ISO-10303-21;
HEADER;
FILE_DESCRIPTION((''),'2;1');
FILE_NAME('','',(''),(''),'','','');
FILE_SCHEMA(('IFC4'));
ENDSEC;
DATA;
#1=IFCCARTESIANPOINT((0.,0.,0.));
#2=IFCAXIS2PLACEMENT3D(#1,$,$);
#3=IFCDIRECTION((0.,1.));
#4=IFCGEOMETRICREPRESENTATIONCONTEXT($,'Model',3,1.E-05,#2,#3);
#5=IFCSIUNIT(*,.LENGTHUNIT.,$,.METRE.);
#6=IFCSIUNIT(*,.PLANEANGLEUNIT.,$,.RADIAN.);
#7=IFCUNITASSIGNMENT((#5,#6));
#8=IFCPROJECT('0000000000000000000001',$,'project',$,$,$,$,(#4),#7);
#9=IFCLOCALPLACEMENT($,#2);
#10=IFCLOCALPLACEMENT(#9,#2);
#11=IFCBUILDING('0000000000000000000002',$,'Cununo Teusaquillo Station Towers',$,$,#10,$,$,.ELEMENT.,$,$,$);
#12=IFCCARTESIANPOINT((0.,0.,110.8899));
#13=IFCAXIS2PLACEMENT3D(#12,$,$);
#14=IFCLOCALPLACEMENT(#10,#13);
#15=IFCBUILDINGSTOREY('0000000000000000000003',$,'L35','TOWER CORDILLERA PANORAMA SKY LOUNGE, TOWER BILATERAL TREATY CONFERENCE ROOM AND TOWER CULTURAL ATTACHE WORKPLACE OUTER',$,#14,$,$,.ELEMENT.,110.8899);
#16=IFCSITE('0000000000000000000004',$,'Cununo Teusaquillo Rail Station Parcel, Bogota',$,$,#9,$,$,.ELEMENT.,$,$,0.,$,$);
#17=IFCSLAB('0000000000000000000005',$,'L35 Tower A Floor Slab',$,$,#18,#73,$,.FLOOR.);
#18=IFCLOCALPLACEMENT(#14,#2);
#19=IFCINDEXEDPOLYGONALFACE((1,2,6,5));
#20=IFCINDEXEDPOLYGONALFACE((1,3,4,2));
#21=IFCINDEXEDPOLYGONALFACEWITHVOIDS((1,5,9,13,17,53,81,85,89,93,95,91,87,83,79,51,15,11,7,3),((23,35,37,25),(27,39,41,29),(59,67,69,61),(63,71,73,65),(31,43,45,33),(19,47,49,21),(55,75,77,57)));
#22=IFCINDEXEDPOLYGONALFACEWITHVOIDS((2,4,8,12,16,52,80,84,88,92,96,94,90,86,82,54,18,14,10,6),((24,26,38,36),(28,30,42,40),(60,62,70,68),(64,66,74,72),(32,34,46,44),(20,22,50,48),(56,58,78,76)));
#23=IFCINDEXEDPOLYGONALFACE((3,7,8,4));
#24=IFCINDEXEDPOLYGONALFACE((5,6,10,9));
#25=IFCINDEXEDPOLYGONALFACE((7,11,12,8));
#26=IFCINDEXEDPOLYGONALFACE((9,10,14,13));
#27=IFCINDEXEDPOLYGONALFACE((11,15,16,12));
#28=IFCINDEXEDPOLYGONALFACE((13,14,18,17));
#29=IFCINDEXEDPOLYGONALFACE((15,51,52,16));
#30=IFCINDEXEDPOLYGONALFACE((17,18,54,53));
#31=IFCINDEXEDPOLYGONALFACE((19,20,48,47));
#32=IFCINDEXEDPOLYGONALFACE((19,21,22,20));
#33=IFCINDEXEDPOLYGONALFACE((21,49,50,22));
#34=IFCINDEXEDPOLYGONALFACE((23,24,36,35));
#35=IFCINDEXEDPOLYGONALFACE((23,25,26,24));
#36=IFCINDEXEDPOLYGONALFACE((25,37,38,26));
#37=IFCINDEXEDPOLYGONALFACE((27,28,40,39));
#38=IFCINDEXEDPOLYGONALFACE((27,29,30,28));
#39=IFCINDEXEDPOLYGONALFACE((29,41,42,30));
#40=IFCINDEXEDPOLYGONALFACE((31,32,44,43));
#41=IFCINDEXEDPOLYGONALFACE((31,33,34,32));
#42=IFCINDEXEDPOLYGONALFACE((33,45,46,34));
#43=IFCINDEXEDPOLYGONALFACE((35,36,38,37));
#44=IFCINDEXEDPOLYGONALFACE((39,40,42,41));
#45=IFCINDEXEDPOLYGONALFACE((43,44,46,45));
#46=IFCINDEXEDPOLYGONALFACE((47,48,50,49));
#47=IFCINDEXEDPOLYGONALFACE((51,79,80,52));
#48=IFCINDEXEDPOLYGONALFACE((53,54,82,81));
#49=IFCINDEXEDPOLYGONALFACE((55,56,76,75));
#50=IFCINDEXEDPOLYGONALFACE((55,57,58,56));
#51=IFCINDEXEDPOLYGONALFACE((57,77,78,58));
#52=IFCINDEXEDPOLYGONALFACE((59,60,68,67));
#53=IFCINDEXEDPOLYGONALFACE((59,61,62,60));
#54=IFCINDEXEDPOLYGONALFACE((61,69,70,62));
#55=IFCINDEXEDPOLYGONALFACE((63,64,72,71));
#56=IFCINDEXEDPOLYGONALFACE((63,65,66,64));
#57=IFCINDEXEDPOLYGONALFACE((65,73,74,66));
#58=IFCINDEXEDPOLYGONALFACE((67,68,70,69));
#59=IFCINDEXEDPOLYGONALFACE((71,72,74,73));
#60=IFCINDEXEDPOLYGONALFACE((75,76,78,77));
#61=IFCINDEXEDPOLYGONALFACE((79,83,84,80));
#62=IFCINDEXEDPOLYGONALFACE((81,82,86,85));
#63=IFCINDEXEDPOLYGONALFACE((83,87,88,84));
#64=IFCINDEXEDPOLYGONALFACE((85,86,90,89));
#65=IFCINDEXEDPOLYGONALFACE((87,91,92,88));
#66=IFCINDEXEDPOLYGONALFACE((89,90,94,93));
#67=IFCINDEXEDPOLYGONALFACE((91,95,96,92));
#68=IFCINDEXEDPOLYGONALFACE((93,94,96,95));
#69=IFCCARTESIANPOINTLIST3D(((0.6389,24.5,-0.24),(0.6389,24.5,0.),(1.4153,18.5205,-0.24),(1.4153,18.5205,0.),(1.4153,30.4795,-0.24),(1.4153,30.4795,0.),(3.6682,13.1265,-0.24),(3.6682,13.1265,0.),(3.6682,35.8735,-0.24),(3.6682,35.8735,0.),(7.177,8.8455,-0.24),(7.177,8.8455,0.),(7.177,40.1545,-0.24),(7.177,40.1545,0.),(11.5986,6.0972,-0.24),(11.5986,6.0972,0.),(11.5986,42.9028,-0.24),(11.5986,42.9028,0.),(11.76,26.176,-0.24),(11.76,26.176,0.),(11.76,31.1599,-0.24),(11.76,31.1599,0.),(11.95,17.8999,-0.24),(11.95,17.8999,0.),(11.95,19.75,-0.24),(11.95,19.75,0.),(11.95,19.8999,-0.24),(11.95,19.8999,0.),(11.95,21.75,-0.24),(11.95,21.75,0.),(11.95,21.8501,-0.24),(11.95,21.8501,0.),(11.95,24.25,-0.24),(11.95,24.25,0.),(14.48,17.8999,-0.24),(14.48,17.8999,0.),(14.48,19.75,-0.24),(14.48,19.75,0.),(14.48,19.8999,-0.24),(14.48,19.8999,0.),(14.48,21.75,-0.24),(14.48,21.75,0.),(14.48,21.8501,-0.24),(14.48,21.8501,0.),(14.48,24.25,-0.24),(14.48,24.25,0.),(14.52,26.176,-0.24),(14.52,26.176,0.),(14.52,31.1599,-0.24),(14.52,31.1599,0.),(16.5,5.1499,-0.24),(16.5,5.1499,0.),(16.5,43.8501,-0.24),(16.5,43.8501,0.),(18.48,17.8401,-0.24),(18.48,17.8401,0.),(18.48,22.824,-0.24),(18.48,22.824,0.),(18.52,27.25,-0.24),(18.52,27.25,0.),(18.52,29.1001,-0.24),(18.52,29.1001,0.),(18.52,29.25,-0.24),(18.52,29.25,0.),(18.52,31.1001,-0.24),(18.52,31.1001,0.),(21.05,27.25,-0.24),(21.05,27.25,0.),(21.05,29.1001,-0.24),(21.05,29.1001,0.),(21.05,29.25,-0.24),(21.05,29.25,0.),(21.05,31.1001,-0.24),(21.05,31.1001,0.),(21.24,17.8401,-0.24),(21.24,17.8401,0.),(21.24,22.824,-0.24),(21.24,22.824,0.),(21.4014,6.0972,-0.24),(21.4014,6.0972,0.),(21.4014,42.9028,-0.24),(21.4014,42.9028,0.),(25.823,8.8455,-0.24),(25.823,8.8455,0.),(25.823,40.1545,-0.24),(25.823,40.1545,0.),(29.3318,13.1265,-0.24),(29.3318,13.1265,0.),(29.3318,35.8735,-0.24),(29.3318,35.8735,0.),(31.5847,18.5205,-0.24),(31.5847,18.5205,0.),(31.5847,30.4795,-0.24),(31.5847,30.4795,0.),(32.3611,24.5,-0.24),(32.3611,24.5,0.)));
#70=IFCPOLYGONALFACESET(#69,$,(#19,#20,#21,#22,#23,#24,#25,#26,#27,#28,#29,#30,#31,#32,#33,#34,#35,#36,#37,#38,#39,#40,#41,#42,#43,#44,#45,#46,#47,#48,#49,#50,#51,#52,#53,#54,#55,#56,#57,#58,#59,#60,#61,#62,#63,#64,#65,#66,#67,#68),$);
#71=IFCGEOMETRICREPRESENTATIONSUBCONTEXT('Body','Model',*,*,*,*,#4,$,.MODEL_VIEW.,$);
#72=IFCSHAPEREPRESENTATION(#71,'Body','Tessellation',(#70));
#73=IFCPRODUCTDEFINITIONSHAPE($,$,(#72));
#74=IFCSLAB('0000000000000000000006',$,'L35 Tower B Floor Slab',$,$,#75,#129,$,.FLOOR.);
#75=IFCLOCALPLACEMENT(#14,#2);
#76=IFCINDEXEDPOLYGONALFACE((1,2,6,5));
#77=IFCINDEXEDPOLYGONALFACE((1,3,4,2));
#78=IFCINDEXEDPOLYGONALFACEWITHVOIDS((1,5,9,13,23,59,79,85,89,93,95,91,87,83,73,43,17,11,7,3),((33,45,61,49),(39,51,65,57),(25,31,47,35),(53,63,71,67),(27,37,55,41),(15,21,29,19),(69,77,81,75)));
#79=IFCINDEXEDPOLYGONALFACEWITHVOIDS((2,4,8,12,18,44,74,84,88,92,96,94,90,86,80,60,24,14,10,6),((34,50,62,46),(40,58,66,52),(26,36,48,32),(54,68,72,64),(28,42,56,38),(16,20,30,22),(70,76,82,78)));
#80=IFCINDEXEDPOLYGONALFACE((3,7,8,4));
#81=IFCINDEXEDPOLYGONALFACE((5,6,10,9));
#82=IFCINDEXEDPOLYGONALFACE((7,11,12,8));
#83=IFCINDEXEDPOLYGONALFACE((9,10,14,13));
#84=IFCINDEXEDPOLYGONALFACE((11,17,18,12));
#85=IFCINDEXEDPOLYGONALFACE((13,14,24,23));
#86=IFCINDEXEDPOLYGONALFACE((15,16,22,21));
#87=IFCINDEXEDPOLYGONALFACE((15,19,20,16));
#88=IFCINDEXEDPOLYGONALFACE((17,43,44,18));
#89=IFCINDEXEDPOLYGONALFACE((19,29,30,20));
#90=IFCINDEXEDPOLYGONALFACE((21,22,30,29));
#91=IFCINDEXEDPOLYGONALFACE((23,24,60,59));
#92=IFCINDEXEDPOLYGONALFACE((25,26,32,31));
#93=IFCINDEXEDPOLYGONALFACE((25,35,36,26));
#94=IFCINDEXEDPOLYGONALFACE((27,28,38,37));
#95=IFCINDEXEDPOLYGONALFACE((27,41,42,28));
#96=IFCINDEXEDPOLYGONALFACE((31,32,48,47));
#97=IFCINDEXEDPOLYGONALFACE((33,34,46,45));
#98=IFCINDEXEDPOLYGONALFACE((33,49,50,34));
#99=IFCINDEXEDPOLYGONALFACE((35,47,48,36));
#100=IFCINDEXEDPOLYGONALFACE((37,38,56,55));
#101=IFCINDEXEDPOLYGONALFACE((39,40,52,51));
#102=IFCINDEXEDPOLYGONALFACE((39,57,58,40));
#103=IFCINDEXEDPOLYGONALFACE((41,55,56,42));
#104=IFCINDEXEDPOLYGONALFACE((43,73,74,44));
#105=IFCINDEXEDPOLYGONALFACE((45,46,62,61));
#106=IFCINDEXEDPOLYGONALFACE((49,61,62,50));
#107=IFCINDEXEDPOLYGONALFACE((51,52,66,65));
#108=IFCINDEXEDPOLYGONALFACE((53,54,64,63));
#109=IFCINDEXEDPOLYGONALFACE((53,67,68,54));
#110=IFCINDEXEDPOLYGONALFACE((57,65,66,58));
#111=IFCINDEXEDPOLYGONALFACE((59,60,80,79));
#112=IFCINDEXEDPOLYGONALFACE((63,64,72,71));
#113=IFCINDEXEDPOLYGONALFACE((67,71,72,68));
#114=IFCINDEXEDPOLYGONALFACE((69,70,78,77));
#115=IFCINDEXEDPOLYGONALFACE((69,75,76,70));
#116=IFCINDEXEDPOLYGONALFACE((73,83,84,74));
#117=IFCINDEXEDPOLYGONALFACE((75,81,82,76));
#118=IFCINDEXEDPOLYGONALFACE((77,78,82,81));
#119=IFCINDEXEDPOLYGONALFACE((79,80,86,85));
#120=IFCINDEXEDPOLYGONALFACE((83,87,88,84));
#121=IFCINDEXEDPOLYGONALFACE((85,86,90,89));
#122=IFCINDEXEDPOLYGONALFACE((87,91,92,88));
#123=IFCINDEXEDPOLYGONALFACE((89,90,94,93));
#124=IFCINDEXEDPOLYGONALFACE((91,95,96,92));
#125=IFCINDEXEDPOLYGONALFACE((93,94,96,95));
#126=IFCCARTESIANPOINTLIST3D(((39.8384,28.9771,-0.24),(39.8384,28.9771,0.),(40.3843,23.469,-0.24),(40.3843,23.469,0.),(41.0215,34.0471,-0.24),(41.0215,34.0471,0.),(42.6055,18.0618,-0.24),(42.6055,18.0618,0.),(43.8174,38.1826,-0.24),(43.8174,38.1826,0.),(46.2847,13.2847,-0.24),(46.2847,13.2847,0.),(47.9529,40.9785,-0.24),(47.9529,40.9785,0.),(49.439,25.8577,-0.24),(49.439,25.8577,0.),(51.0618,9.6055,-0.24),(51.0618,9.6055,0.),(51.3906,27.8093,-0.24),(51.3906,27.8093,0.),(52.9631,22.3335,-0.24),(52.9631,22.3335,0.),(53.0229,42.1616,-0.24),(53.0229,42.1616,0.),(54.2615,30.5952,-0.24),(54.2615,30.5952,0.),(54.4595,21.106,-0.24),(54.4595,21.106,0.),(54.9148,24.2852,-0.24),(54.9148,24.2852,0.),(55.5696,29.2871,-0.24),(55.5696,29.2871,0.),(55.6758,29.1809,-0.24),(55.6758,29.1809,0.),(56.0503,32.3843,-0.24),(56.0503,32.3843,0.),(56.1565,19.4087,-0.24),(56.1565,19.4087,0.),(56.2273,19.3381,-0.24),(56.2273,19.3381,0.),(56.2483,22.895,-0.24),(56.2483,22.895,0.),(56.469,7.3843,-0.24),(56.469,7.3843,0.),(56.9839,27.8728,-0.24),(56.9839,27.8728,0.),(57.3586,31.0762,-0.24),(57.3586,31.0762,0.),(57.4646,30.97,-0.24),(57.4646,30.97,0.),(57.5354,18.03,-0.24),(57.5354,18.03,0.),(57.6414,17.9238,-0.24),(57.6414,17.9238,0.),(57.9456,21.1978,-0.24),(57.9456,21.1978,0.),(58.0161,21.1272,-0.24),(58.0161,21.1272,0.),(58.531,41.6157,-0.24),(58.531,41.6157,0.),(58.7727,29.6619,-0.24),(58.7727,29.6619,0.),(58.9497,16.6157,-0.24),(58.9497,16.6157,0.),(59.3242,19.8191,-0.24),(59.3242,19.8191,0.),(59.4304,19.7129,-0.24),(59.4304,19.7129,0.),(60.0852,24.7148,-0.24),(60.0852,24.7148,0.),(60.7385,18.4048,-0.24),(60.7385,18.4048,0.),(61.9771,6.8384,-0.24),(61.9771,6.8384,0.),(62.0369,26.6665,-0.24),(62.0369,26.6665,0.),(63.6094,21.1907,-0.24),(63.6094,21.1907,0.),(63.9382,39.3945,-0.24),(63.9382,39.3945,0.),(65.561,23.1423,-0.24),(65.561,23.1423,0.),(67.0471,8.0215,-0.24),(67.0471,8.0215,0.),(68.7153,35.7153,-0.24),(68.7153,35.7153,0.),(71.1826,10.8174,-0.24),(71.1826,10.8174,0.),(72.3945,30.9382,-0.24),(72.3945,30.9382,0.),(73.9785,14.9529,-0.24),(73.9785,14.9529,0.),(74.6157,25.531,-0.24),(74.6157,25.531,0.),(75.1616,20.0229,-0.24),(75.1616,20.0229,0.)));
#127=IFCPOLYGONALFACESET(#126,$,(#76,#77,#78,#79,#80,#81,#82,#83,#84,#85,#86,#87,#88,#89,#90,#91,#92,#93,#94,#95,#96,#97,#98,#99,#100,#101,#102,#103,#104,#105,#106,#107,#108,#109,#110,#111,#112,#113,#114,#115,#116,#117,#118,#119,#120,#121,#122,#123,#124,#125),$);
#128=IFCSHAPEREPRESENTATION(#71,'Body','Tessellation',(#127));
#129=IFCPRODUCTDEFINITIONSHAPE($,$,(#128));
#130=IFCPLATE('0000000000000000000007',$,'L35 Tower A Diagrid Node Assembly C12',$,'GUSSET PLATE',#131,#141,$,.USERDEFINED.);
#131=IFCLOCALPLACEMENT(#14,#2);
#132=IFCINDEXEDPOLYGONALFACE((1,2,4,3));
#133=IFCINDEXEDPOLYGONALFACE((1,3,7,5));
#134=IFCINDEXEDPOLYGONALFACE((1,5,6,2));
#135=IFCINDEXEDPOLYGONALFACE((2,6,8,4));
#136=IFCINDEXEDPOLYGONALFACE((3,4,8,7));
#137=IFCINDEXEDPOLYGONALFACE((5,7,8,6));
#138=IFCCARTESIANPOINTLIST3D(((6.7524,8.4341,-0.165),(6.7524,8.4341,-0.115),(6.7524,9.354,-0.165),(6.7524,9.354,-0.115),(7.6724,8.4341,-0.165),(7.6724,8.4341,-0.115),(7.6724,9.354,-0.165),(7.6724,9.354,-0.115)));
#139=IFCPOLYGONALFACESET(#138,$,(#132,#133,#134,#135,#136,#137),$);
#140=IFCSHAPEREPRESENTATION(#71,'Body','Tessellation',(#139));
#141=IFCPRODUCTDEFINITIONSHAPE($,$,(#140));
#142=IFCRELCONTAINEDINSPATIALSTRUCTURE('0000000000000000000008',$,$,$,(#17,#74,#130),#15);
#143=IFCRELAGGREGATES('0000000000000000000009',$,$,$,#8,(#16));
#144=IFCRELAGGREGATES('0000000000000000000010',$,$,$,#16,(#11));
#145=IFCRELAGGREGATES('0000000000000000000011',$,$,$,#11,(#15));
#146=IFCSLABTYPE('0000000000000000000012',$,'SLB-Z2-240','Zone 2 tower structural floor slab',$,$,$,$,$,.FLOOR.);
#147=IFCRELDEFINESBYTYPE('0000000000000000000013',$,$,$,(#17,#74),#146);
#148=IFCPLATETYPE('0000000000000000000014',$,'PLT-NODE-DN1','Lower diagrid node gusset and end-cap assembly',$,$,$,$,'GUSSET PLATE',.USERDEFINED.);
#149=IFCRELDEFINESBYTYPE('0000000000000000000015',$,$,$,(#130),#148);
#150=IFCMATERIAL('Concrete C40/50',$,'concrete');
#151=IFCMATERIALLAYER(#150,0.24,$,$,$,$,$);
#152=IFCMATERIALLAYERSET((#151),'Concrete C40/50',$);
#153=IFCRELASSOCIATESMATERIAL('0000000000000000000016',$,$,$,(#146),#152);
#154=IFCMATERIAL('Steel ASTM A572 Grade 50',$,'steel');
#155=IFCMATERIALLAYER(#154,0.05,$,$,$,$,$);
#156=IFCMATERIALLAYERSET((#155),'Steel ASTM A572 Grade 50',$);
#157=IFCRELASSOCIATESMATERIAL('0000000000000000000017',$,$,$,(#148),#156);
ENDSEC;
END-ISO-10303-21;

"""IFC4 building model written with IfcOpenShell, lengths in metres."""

from ifc_helpers import new_model, si_unit, direction, frame, origin, origin_2d, place, context, subcontext, project, spatial, polyline, rectangle, outline, extrude, source, transform, mapped, material, layer, layer_set, type_object, element, save


model = new_model("IFC4")

# Units and contexts
model_context = context("Model", 3, precision=1e-05, world=origin(), true_north=direction((0.0, 1.0)))
body_context = subcontext(model_context, "Body", "Model", "MODEL_VIEW")
ifc_project = project(units=[si_unit("LENGTHUNIT", "METRE"), si_unit("PLANEANGLEUNIT", "RADIAN")], contexts=[model_context])

# Site, building, storey
site_placement = place(None, origin())
site = spatial("IfcSite", under=ifc_project, at=site_placement, Name="Cununo Teusaquillo Rail Station Parcel, Bogota", CompositionType="ELEMENT", RefElevation=0.0)
building_placement = place(site_placement, origin())
building = spatial("IfcBuilding", under=site, at=building_placement, Name="Cununo Teusaquillo Station Towers", CompositionType="ELEMENT")
storey_placement = place(building_placement, frame((0.0, 0.0, 110.8899)))
storey = spatial("IfcBuildingStorey", under=building, at=storey_placement, Name="L35", Description="TOWER CORDILLERA PANORAMA SKY LOUNGE, TOWER BILATERAL TREATY CONFERENCE ROOM AND TOWER CULTURAL ATTACHE WORKPLACE OUTER", CompositionType="ELEMENT", Elevation=110.8899)

# Slabs
ifc_material_1 = material(Name="Concrete C40/50", Category="concrete")
ifc_layer_1 = layer(ifc_material_1, 0.24)
ifc_layer_set_1 = layer_set([ifc_layer_1], Name="Concrete C40/50")
slab_type_1 = type_object("IfcSlabType", Name="SLB-Z2-240", Description="Zone 2 tower structural floor slab", PredefinedType="FLOOR", material=ifc_layer_set_1)
slab_1_placement = place(storey_placement, frame((0.0, 0.0, -0.24)))
element("IfcSlab", 1, at=slab_1_placement, inside=storey, type_object=slab_type_1, Name="L35 Tower A Floor Slab", PredefinedType="FLOOR", context=body_context, shape_type="SweptSolid", body=[
    extrude(outline(polyline([(32.3611, 24.5), (31.5847, 30.4795), (29.3318, 35.8735), (25.823, 40.1545), (21.4014, 42.9028), (16.5, 43.8501), (11.5986, 42.9028), (7.177, 40.1545), (3.6682, 35.8735), (1.4153, 30.4795), (0.6389, 24.5), (1.4153, 18.5205), (3.6682, 13.1265), (7.177, 8.8455), (11.5986, 6.0972), (16.5, 5.1499), (21.4014, 6.0972), (25.823, 8.8455), (29.3318, 13.1265), (31.5847, 18.5205), (32.3611, 24.5)]), holes=[polyline([(14.52, 26.176), (14.52, 31.1599), (11.76, 31.1599), (11.76, 26.176), (14.52, 26.176)]), polyline([(18.48, 22.824), (18.48, 17.8401), (21.24, 17.8401), (21.24, 22.824), (18.48, 22.824)]), polyline([(11.95, 21.8501), (14.48, 21.8501), (14.48, 24.25), (11.95, 24.25), (11.95, 21.8501)]), polyline([(11.95, 17.8999), (14.48, 17.8999), (14.48, 19.75), (11.95, 19.75), (11.95, 17.8999)]), polyline([(11.95, 19.8999), (14.48, 19.8999), (14.48, 21.75), (11.95, 21.75), (11.95, 19.8999)]), polyline([(18.52, 27.25), (21.05, 27.25), (21.05, 29.1001), (18.52, 29.1001), (18.52, 27.25)]), polyline([(18.52, 29.25), (21.05, 29.25), (21.05, 31.1001), (18.52, 31.1001), (18.52, 29.25)])]), origin(), (0.0, 0.0, 1.0), 0.24),
])
slab_2_placement = place(storey_placement, frame((0.0, 0.0, -0.24)))
element("IfcSlab", 2, at=slab_2_placement, inside=storey, type_object=slab_type_1, Name="L35 Tower B Floor Slab", PredefinedType="FLOOR", context=body_context, shape_type="SweptSolid", body=[
    extrude(outline(polyline([(68.7153, 35.7153), (63.9382, 39.3945), (58.531, 41.6157), (53.0229, 42.1616), (47.9529, 40.9785), (43.8174, 38.1826), (41.0215, 34.0471), (39.8384, 28.9771), (40.3843, 23.469), (42.6055, 18.0618), (46.2847, 13.2847), (51.0618, 9.6055), (56.469, 7.3843), (61.9771, 6.8384), (67.0471, 8.0215), (71.1826, 10.8174), (73.9785, 14.9529), (75.1616, 20.0229), (74.6157, 25.531), (72.3945, 30.9382), (68.7153, 35.7153)]), holes=[polyline([(54.9148, 24.2852), (51.3906, 27.8093), (49.439, 25.8577), (52.9631, 22.3335), (54.9148, 24.2852)]), polyline([(60.0852, 24.7148), (63.6094, 21.1907), (65.561, 23.1423), (62.0369, 26.6665), (60.0852, 24.7148)]), polyline([(56.1565, 19.4087), (57.9456, 21.1978), (56.2483, 22.895), (54.4595, 21.106), (56.1565, 19.4087)]), polyline([(58.9497, 16.6157), (60.7385, 18.4048), (59.4304, 19.7129), (57.6414, 17.9238), (58.9497, 16.6157)]), polyline([(57.5354, 18.03), (59.3242, 19.8191), (58.0161, 21.1272), (56.2273, 19.3381), (57.5354, 18.03)]), polyline([(56.9839, 27.8728), (58.7727, 29.6619), (57.4646, 30.97), (55.6758, 29.1809), (56.9839, 27.8728)]), polyline([(55.5696, 29.2871), (57.3586, 31.0762), (56.0503, 32.3843), (54.2615, 30.5952), (55.5696, 29.2871)])]), origin(), (0.0, 0.0, 1.0), 0.24),
])

# Plate
ifc_material_2 = material(Name="Steel ASTM A572 Grade 50", Category="steel")
ifc_layer_2 = layer(ifc_material_2, 0.05)
ifc_layer_set_2 = layer_set([ifc_layer_2], Name="Steel ASTM A572 Grade 50")
plate_type = type_object("IfcPlateType", Name="PLT-NODE-DN1", Description="Lower diagrid node gusset and end-cap assembly", ElementType="GUSSET PLATE", PredefinedType="USERDEFINED", material=ifc_layer_set_2)
shared_shape_1 = source(origin(), body_context, "Body", "SweptSolid", [
    extrude(rectangle(XDim=0.9199, YDim=0.9199, at=origin_2d()), origin(), (0.0, 0.0, 1.0), 0.05),
])
plate_placement = place(storey_placement, frame((7.2124, 8.894, -0.165), z_axis=(0.0, 0.0, 1.0), x_axis=(1.0, 0.0, 0.0)))
element("IfcPlate", 3, at=plate_placement, inside=storey, type_object=plate_type, Name="L35 Tower A Diagrid Node Assembly C12", ObjectType="GUSSET PLATE", PredefinedType="USERDEFINED", context=body_context, shape_type="MappedRepresentation", body=[
    mapped(shared_shape_1, transform((0.0, 0.0, 0.0), x_axis=(1.0, 0.0, 0.0), y_axis=(0.0, 1.0, 0.0), z_axis=(0.0, 0.0, 1.0), scale=1.0)),
])

save(model, "model.ifc")
